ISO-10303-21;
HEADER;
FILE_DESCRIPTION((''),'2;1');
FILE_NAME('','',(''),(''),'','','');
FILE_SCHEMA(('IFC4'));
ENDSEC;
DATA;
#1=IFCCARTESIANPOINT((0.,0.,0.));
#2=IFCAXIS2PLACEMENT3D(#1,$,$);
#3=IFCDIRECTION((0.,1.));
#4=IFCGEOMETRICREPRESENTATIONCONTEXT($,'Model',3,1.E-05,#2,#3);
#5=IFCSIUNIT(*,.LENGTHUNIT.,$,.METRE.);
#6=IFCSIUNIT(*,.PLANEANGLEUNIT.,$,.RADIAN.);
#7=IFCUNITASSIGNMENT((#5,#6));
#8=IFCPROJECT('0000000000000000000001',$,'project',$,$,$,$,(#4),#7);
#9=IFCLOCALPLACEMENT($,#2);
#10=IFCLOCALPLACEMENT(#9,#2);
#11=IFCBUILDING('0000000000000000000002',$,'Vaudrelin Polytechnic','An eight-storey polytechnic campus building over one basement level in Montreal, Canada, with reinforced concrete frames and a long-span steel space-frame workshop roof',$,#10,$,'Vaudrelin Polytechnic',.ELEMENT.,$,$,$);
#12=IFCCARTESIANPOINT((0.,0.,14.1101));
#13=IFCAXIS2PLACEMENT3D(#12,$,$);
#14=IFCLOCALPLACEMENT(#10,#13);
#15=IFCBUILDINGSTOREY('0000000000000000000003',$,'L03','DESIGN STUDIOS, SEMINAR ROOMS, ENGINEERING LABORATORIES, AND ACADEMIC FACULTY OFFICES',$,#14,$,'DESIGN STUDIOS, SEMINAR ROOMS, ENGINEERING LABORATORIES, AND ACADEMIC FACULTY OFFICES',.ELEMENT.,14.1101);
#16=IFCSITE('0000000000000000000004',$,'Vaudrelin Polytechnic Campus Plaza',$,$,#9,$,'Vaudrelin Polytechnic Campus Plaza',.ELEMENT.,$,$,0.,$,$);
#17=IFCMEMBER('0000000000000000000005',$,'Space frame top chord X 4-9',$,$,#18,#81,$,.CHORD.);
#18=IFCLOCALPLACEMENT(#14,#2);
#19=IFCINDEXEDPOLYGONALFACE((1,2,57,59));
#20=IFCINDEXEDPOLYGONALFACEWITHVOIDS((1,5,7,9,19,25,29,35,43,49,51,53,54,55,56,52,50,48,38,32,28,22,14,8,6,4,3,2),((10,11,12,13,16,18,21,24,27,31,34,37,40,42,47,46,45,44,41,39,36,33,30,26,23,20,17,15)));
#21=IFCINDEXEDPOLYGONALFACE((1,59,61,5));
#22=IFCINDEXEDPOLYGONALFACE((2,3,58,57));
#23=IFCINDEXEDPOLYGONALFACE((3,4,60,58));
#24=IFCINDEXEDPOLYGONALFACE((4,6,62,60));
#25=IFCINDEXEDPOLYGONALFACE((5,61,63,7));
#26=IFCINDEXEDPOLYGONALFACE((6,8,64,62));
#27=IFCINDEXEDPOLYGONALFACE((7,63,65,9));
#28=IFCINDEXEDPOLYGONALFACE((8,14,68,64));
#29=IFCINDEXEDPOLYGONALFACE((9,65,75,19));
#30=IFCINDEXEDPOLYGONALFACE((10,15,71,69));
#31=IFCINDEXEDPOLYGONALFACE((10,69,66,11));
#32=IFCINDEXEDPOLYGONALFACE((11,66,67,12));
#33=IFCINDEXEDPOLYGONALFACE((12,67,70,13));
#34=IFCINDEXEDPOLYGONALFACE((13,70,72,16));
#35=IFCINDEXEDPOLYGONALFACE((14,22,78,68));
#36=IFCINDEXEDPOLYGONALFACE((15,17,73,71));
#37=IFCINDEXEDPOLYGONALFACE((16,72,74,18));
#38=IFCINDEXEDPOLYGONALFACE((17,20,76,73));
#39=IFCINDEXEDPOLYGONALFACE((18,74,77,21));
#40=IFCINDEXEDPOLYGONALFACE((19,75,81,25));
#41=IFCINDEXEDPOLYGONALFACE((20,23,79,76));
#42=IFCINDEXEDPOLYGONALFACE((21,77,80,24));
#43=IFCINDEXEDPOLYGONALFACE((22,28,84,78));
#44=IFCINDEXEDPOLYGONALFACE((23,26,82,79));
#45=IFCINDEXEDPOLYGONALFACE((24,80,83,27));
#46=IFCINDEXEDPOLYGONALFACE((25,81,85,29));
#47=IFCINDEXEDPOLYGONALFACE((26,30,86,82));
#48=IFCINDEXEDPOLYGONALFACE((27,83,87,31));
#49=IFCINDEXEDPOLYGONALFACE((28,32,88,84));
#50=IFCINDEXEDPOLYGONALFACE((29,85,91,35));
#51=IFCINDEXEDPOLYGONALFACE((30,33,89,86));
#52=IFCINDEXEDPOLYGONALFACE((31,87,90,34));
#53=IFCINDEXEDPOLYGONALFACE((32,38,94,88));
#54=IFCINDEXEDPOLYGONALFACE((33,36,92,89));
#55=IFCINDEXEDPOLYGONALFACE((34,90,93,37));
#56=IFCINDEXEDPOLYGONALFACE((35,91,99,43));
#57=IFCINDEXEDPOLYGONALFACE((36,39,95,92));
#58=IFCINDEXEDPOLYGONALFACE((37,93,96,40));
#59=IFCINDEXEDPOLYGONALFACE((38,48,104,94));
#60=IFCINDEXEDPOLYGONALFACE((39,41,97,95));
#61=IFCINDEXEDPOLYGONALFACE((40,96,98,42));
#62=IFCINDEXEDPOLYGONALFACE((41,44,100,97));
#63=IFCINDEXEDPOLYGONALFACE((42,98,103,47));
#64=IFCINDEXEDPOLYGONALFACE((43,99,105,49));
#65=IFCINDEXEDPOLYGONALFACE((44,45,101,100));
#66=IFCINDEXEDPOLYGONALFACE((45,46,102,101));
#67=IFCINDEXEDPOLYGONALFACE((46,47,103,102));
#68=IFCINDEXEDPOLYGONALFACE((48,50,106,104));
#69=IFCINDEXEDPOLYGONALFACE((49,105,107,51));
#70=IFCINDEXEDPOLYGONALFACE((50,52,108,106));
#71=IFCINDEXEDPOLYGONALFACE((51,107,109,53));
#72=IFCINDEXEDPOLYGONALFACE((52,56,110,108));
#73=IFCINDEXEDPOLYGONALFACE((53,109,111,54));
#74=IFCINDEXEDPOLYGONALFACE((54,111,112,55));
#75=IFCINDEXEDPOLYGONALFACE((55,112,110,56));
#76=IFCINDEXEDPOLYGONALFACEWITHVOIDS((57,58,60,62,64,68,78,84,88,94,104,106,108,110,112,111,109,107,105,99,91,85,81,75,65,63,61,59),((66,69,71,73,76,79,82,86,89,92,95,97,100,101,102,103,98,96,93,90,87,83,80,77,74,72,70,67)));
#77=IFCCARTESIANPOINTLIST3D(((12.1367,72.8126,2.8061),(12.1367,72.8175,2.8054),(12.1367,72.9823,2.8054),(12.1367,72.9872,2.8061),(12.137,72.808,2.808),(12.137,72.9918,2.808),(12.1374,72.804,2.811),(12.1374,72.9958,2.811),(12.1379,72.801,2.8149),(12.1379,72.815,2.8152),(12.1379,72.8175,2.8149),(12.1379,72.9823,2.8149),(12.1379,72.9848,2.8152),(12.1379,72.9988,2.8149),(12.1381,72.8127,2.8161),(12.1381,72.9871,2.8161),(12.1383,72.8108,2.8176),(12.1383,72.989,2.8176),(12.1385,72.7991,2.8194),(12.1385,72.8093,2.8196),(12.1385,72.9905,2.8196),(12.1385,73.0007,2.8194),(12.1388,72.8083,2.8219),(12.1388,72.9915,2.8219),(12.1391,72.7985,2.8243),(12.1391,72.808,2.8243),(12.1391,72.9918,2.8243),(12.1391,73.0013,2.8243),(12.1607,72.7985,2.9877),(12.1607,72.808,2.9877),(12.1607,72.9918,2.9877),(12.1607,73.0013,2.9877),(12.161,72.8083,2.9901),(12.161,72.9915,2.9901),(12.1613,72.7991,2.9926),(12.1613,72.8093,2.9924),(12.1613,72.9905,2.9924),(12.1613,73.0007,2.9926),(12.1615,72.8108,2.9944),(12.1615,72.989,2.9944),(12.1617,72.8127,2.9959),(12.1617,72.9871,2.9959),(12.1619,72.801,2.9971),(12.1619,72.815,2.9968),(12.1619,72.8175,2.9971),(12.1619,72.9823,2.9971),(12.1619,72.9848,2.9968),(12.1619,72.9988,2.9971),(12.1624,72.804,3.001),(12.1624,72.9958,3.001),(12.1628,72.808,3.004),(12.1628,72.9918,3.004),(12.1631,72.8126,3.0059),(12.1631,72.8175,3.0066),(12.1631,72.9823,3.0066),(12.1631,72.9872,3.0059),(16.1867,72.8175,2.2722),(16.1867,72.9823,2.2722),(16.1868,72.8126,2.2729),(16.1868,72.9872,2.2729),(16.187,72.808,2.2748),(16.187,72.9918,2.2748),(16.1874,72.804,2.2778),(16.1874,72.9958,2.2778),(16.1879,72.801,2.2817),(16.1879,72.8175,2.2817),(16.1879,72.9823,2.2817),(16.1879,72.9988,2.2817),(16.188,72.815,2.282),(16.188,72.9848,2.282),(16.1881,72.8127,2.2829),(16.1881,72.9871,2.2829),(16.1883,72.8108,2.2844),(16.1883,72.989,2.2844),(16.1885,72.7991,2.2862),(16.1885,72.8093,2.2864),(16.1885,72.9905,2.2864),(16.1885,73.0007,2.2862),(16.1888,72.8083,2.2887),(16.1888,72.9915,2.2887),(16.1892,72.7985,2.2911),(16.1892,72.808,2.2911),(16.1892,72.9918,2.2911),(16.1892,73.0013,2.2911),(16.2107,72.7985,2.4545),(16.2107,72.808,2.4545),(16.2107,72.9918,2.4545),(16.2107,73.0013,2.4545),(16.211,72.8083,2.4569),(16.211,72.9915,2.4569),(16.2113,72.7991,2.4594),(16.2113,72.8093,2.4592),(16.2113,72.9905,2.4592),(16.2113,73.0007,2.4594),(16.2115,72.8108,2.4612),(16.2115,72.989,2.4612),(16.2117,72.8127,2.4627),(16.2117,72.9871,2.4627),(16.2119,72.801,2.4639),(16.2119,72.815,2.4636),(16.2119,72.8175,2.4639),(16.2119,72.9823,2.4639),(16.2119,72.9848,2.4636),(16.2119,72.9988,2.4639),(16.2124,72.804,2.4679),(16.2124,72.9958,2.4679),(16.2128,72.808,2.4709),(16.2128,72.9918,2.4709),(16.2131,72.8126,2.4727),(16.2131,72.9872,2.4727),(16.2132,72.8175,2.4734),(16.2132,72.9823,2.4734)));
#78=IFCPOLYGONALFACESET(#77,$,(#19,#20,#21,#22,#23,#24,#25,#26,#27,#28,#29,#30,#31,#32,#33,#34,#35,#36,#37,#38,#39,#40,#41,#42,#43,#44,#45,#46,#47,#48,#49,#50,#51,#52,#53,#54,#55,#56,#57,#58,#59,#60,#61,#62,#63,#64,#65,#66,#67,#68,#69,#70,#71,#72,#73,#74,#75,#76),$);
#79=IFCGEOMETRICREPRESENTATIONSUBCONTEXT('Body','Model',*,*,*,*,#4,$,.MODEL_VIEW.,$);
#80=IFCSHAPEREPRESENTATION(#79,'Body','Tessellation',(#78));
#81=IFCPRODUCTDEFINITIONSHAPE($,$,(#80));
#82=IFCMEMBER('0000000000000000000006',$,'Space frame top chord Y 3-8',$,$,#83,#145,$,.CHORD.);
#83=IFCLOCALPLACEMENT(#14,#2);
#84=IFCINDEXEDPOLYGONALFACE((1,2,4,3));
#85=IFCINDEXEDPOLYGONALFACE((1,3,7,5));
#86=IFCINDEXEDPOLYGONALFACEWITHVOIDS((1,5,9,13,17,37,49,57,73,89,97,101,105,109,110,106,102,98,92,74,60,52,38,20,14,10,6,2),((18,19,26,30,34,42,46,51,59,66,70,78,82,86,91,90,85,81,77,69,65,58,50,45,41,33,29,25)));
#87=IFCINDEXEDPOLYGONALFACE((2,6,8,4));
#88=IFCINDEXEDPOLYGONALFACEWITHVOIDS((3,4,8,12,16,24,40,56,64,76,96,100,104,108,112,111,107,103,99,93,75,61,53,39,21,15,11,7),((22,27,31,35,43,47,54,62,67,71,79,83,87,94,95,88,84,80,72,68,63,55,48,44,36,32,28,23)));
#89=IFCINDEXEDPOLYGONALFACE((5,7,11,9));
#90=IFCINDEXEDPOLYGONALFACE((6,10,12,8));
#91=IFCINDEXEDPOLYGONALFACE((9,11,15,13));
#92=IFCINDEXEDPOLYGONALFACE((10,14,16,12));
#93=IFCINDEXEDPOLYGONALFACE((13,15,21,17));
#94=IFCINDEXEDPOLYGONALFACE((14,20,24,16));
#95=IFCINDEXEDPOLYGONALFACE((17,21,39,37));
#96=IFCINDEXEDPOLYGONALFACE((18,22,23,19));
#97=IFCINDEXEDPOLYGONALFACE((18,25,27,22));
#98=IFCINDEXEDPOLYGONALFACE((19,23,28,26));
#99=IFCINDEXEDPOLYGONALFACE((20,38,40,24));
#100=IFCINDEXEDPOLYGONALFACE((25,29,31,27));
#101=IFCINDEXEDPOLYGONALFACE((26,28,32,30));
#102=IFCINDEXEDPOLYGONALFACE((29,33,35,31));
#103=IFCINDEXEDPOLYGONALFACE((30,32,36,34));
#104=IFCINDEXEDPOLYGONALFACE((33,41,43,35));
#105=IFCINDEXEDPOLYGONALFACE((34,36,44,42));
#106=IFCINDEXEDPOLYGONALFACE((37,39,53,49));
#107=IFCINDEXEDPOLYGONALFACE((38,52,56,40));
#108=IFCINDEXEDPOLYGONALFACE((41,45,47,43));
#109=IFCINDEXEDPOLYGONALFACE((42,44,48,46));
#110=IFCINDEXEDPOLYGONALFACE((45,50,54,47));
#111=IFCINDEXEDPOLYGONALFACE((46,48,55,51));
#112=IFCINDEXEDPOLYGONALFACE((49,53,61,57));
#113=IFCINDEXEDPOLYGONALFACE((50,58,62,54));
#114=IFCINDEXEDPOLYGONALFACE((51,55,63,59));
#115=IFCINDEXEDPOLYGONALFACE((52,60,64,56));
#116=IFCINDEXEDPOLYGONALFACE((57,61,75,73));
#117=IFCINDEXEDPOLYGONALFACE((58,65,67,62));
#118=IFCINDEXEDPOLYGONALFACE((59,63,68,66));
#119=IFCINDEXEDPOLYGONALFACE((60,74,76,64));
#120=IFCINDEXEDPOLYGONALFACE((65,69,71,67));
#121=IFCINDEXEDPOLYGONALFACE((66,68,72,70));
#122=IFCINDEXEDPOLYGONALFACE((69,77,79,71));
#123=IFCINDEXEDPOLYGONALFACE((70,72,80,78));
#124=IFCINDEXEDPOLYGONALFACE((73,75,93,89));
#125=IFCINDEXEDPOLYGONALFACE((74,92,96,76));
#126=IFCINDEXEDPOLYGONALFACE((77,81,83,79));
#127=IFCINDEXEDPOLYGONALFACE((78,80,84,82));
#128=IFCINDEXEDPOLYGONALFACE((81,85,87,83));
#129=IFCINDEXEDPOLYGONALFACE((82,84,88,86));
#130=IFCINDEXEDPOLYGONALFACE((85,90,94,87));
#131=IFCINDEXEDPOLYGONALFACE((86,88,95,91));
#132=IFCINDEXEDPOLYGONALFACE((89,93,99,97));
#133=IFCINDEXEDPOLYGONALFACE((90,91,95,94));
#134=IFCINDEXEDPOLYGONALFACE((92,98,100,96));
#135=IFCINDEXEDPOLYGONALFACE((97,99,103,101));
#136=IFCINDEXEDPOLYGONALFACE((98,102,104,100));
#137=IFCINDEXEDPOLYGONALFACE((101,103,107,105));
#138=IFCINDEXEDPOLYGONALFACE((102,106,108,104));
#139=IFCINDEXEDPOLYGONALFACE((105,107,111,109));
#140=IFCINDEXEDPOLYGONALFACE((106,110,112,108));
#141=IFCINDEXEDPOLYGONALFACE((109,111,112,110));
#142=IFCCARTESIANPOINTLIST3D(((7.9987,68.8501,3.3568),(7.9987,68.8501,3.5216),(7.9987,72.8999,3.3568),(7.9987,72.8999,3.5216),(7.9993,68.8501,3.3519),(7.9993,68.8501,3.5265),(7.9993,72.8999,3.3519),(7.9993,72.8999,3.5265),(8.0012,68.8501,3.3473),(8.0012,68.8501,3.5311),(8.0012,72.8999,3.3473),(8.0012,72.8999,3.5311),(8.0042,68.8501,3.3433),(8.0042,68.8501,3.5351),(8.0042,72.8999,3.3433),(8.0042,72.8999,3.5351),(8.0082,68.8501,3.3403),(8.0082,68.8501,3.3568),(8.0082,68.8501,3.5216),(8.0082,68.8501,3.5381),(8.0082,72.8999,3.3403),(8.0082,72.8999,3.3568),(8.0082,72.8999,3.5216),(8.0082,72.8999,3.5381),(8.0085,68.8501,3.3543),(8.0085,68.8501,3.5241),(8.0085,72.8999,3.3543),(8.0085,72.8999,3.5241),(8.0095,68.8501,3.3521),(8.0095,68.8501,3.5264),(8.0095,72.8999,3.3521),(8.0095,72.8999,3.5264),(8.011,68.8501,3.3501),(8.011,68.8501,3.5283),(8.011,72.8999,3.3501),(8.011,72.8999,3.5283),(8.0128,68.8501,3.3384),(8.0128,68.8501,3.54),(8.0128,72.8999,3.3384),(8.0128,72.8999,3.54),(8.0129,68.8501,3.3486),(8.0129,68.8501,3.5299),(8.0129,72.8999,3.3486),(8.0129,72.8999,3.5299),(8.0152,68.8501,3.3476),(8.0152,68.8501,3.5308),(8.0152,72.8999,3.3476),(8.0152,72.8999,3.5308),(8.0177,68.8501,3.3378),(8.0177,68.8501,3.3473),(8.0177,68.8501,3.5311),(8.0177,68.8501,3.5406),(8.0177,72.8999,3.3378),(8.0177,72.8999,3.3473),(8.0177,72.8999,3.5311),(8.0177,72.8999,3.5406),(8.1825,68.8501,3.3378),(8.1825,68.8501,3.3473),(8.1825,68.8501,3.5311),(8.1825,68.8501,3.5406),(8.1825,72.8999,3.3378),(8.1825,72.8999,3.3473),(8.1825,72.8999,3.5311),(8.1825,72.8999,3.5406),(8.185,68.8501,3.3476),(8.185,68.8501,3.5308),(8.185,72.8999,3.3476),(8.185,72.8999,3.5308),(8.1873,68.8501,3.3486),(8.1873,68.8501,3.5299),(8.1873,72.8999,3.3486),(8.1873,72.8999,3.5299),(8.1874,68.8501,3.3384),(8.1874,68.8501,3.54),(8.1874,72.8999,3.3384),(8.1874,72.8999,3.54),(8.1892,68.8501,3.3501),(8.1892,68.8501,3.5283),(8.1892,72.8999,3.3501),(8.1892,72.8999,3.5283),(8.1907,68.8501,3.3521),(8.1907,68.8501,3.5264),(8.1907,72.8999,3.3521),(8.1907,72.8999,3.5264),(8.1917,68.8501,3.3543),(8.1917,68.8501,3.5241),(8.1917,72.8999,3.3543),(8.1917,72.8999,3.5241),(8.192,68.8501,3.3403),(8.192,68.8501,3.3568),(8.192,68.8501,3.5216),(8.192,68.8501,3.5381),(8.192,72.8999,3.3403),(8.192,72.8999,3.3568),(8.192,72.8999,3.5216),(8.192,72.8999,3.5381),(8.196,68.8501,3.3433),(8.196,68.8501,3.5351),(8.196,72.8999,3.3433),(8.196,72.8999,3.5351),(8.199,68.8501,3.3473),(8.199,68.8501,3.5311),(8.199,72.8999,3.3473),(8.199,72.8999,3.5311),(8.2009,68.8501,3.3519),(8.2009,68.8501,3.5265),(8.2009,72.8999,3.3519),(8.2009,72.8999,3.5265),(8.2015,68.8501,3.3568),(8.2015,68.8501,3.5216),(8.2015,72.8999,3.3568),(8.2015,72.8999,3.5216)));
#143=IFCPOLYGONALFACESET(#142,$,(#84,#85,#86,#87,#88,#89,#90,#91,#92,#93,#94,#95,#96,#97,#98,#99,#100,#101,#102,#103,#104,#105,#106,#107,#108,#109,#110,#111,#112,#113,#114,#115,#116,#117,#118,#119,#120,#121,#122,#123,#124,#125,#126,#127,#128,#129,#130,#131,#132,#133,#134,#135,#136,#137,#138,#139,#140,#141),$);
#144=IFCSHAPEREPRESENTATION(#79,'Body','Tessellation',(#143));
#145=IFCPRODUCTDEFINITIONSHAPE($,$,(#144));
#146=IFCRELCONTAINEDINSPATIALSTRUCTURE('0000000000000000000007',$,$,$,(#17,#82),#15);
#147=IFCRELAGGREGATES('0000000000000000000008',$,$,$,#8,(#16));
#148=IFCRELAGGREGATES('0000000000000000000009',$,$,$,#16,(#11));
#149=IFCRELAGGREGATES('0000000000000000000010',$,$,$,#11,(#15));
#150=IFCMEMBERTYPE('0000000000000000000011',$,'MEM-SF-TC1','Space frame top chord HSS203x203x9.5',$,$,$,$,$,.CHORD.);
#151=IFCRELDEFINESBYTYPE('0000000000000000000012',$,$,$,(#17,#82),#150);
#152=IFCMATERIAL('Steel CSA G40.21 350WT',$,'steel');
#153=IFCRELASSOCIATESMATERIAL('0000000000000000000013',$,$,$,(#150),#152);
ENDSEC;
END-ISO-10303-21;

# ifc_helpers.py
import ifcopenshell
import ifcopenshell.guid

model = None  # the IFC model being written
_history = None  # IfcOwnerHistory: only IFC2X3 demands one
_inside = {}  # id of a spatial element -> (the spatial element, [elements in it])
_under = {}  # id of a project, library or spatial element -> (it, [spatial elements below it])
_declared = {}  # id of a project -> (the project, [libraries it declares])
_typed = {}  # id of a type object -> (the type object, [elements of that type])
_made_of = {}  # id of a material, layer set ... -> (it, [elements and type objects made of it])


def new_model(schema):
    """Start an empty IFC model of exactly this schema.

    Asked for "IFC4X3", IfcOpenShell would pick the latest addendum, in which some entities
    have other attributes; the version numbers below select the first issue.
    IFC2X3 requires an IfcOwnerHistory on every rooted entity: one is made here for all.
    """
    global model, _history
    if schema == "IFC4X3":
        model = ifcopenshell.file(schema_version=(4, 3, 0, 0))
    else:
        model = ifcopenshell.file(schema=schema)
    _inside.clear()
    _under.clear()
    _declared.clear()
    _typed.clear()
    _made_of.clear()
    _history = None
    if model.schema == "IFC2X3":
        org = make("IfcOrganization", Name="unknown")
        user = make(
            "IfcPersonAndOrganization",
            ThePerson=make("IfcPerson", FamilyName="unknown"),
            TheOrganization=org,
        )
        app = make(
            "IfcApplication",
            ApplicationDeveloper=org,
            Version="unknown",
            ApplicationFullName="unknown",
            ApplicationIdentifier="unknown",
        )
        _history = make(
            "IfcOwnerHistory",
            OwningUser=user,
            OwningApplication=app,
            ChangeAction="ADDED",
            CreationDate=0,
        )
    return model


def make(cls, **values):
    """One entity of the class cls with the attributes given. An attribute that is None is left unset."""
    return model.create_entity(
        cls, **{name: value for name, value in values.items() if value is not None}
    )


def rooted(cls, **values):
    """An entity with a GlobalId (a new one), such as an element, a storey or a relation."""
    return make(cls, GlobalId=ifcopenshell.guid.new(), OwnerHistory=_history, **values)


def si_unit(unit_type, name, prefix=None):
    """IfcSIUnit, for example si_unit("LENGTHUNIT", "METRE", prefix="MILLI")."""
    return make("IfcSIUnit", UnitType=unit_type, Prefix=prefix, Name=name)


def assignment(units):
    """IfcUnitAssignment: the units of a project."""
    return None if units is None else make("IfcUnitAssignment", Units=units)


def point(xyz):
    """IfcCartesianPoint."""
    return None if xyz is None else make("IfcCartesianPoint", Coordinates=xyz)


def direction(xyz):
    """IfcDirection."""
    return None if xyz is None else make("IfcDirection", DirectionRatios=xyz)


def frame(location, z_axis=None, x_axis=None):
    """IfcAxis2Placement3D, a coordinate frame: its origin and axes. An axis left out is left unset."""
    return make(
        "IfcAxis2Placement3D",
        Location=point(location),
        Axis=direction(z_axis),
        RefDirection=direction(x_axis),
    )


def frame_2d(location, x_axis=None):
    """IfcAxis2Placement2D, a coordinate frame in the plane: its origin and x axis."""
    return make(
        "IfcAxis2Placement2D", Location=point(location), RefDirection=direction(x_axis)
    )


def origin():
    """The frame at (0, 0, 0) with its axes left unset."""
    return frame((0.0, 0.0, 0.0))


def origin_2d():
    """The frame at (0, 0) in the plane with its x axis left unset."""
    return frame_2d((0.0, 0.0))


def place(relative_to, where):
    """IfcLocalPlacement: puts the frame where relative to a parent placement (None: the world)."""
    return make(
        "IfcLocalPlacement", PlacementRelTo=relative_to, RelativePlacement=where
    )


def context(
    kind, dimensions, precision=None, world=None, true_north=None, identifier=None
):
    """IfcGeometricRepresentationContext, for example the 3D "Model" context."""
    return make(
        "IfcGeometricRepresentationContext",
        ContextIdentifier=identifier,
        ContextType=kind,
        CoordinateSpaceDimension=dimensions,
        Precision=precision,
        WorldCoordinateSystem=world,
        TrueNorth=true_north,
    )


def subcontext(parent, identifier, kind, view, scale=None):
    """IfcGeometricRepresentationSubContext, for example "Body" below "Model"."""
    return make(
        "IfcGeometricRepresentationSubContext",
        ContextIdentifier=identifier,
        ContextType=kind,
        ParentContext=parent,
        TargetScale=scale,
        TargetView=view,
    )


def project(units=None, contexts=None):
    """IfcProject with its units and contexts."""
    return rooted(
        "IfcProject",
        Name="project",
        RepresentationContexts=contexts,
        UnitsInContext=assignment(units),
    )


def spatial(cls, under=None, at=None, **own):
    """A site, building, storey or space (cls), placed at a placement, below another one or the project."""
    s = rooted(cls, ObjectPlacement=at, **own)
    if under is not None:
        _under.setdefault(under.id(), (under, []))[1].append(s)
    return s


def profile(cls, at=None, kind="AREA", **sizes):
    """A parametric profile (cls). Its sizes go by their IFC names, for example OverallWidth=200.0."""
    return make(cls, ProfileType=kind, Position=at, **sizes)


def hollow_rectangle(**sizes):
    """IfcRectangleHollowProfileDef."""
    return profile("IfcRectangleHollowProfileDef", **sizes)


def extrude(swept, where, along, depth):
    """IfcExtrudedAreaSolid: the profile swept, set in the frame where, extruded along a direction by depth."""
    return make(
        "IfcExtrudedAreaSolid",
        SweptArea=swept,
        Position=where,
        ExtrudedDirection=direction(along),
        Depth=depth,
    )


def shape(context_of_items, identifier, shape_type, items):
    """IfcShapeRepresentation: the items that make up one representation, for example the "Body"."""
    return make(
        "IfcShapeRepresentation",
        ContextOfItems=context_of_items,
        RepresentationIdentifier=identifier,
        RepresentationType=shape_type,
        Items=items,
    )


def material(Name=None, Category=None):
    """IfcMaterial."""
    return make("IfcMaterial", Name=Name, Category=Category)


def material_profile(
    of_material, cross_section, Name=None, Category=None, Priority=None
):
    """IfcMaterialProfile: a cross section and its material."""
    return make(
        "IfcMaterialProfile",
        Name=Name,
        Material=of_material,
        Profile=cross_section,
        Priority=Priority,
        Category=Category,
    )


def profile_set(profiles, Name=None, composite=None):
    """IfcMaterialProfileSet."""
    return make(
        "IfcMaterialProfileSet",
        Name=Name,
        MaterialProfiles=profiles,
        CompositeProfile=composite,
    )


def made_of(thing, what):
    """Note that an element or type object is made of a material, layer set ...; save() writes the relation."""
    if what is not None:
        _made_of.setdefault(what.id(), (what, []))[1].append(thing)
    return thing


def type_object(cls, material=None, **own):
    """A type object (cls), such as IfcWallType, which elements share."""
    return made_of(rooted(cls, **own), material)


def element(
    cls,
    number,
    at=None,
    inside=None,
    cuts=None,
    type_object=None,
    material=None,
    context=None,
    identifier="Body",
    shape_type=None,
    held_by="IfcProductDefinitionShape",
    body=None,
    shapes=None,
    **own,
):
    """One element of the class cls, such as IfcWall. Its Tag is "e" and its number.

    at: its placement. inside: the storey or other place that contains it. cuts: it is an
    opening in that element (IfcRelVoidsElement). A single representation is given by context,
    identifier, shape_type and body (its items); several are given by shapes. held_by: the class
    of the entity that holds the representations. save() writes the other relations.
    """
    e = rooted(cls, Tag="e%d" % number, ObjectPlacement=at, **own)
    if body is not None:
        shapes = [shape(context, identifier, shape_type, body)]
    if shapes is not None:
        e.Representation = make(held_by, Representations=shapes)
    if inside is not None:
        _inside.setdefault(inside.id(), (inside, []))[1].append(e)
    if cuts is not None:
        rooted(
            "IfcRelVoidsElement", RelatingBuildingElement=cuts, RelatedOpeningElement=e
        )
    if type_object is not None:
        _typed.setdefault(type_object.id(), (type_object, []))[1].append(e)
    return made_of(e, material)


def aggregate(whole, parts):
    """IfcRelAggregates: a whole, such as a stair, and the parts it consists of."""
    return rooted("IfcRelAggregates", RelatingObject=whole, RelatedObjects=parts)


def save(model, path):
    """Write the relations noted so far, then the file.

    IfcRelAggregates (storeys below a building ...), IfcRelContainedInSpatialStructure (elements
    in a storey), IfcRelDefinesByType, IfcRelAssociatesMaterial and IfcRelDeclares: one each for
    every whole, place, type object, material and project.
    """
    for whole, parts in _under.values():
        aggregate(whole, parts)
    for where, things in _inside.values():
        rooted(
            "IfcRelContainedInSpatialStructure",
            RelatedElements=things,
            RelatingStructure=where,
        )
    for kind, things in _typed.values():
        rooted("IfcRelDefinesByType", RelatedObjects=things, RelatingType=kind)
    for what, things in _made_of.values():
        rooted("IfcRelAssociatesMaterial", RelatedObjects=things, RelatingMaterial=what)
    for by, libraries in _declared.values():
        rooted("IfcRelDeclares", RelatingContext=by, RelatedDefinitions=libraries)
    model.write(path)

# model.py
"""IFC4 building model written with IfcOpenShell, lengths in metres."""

from ifc_helpers import new_model, si_unit, direction, frame, origin, origin_2d, place, context, subcontext, project, spatial, hollow_rectangle, extrude, material, material_profile, profile_set, type_object, element, save


model = new_model("IFC4")

# Units and contexts
model_context = context("Model", 3, precision=1e-05, world=origin(), true_north=direction((0.0, 1.0)))
body_context = subcontext(model_context, "Body", "Model", "MODEL_VIEW")
ifc_project = project(units=[si_unit("LENGTHUNIT", "METRE"), si_unit("PLANEANGLEUNIT", "RADIAN")], contexts=[model_context])

# Site, building, storey
site_placement = place(None, origin())
site = spatial("IfcSite", under=ifc_project, at=site_placement, Name="Vaudrelin Polytechnic Campus Plaza", LongName="Vaudrelin Polytechnic Campus Plaza", CompositionType="ELEMENT", RefElevation=0.0)
building_placement = place(site_placement, origin())
building = spatial("IfcBuilding", under=site, at=building_placement, Name="Vaudrelin Polytechnic", Description="An eight-storey polytechnic campus building over one basement level in Montreal, Canada, with reinforced concrete frames and a long-span steel space-frame workshop roof", LongName="Vaudrelin Polytechnic", CompositionType="ELEMENT")
storey_placement = place(building_placement, frame((0.0, 0.0, 14.1101)))
storey = spatial("IfcBuildingStorey", under=building, at=storey_placement, Name="L03", Description="DESIGN STUDIOS, SEMINAR ROOMS, ENGINEERING LABORATORIES, AND ACADEMIC FACULTY OFFICES", LongName="DESIGN STUDIOS, SEMINAR ROOMS, ENGINEERING LABORATORIES, AND ACADEMIC FACULTY OFFICES", CompositionType="ELEMENT", Elevation=14.1101)

# Members
ifc_material = material(Name="Steel CSA G40.21 350WT", Category="steel")
ifc_material_profile_1 = material_profile(ifc_material, hollow_rectangle(XDim=0.2029, YDim=0.2029, WallThickness=0.0095, InnerFilletRadius=0.0095, OuterFilletRadius=0.019, at=origin_2d()), Name="HSS203x203x9.5")
ifc_profile_set_1 = profile_set([ifc_material_profile_1], Name="Steel CSA G40.21 350WT")
member_type_1 = type_object("IfcMemberType", Name="MEM-SF-TC1", Description="Space frame top chord HSS203x203x9.5", PredefinedType="CHORD", material=ifc_profile_set_1)
member_1_placement = place(storey_placement, frame((12.1499, 72.8999, 2.906), z_axis=(0.991445, 0.0, -0.130527), x_axis=(0.0, 1.0, 0.0)))
element("IfcMember", 1, at=member_1_placement, inside=storey, type_object=member_type_1, Name="Space frame top chord X 4-9", PredefinedType="CHORD", context=body_context, shape_type="SweptSolid", body=[
    extrude(hollow_rectangle(XDim=0.2029, YDim=0.2029, WallThickness=0.0095, InnerFilletRadius=0.0095, OuterFilletRadius=0.019, at=origin_2d()), origin(), (0.0, 0.0, 1.0), 4.085),
])
member_2_placement = place(storey_placement, frame((8.1001, 68.8501, 3.4392), z_axis=(0.0, 1.0, 0.0), x_axis=(-1.0, 0.0, 0.0)))
element("IfcMember", 2, at=member_2_placement, inside=storey, type_object=member_type_1, Name="Space frame top chord Y 3-8", PredefinedType="CHORD", context=body_context, shape_type="SweptSolid", body=[
    extrude(hollow_rectangle(XDim=0.2029, YDim=0.2029, WallThickness=0.0095, InnerFilletRadius=0.0095, OuterFilletRadius=0.019, at=origin_2d()), origin(), (0.0, 0.0, 1.0), 4.0498),
])

save(model, "model.ifc")
